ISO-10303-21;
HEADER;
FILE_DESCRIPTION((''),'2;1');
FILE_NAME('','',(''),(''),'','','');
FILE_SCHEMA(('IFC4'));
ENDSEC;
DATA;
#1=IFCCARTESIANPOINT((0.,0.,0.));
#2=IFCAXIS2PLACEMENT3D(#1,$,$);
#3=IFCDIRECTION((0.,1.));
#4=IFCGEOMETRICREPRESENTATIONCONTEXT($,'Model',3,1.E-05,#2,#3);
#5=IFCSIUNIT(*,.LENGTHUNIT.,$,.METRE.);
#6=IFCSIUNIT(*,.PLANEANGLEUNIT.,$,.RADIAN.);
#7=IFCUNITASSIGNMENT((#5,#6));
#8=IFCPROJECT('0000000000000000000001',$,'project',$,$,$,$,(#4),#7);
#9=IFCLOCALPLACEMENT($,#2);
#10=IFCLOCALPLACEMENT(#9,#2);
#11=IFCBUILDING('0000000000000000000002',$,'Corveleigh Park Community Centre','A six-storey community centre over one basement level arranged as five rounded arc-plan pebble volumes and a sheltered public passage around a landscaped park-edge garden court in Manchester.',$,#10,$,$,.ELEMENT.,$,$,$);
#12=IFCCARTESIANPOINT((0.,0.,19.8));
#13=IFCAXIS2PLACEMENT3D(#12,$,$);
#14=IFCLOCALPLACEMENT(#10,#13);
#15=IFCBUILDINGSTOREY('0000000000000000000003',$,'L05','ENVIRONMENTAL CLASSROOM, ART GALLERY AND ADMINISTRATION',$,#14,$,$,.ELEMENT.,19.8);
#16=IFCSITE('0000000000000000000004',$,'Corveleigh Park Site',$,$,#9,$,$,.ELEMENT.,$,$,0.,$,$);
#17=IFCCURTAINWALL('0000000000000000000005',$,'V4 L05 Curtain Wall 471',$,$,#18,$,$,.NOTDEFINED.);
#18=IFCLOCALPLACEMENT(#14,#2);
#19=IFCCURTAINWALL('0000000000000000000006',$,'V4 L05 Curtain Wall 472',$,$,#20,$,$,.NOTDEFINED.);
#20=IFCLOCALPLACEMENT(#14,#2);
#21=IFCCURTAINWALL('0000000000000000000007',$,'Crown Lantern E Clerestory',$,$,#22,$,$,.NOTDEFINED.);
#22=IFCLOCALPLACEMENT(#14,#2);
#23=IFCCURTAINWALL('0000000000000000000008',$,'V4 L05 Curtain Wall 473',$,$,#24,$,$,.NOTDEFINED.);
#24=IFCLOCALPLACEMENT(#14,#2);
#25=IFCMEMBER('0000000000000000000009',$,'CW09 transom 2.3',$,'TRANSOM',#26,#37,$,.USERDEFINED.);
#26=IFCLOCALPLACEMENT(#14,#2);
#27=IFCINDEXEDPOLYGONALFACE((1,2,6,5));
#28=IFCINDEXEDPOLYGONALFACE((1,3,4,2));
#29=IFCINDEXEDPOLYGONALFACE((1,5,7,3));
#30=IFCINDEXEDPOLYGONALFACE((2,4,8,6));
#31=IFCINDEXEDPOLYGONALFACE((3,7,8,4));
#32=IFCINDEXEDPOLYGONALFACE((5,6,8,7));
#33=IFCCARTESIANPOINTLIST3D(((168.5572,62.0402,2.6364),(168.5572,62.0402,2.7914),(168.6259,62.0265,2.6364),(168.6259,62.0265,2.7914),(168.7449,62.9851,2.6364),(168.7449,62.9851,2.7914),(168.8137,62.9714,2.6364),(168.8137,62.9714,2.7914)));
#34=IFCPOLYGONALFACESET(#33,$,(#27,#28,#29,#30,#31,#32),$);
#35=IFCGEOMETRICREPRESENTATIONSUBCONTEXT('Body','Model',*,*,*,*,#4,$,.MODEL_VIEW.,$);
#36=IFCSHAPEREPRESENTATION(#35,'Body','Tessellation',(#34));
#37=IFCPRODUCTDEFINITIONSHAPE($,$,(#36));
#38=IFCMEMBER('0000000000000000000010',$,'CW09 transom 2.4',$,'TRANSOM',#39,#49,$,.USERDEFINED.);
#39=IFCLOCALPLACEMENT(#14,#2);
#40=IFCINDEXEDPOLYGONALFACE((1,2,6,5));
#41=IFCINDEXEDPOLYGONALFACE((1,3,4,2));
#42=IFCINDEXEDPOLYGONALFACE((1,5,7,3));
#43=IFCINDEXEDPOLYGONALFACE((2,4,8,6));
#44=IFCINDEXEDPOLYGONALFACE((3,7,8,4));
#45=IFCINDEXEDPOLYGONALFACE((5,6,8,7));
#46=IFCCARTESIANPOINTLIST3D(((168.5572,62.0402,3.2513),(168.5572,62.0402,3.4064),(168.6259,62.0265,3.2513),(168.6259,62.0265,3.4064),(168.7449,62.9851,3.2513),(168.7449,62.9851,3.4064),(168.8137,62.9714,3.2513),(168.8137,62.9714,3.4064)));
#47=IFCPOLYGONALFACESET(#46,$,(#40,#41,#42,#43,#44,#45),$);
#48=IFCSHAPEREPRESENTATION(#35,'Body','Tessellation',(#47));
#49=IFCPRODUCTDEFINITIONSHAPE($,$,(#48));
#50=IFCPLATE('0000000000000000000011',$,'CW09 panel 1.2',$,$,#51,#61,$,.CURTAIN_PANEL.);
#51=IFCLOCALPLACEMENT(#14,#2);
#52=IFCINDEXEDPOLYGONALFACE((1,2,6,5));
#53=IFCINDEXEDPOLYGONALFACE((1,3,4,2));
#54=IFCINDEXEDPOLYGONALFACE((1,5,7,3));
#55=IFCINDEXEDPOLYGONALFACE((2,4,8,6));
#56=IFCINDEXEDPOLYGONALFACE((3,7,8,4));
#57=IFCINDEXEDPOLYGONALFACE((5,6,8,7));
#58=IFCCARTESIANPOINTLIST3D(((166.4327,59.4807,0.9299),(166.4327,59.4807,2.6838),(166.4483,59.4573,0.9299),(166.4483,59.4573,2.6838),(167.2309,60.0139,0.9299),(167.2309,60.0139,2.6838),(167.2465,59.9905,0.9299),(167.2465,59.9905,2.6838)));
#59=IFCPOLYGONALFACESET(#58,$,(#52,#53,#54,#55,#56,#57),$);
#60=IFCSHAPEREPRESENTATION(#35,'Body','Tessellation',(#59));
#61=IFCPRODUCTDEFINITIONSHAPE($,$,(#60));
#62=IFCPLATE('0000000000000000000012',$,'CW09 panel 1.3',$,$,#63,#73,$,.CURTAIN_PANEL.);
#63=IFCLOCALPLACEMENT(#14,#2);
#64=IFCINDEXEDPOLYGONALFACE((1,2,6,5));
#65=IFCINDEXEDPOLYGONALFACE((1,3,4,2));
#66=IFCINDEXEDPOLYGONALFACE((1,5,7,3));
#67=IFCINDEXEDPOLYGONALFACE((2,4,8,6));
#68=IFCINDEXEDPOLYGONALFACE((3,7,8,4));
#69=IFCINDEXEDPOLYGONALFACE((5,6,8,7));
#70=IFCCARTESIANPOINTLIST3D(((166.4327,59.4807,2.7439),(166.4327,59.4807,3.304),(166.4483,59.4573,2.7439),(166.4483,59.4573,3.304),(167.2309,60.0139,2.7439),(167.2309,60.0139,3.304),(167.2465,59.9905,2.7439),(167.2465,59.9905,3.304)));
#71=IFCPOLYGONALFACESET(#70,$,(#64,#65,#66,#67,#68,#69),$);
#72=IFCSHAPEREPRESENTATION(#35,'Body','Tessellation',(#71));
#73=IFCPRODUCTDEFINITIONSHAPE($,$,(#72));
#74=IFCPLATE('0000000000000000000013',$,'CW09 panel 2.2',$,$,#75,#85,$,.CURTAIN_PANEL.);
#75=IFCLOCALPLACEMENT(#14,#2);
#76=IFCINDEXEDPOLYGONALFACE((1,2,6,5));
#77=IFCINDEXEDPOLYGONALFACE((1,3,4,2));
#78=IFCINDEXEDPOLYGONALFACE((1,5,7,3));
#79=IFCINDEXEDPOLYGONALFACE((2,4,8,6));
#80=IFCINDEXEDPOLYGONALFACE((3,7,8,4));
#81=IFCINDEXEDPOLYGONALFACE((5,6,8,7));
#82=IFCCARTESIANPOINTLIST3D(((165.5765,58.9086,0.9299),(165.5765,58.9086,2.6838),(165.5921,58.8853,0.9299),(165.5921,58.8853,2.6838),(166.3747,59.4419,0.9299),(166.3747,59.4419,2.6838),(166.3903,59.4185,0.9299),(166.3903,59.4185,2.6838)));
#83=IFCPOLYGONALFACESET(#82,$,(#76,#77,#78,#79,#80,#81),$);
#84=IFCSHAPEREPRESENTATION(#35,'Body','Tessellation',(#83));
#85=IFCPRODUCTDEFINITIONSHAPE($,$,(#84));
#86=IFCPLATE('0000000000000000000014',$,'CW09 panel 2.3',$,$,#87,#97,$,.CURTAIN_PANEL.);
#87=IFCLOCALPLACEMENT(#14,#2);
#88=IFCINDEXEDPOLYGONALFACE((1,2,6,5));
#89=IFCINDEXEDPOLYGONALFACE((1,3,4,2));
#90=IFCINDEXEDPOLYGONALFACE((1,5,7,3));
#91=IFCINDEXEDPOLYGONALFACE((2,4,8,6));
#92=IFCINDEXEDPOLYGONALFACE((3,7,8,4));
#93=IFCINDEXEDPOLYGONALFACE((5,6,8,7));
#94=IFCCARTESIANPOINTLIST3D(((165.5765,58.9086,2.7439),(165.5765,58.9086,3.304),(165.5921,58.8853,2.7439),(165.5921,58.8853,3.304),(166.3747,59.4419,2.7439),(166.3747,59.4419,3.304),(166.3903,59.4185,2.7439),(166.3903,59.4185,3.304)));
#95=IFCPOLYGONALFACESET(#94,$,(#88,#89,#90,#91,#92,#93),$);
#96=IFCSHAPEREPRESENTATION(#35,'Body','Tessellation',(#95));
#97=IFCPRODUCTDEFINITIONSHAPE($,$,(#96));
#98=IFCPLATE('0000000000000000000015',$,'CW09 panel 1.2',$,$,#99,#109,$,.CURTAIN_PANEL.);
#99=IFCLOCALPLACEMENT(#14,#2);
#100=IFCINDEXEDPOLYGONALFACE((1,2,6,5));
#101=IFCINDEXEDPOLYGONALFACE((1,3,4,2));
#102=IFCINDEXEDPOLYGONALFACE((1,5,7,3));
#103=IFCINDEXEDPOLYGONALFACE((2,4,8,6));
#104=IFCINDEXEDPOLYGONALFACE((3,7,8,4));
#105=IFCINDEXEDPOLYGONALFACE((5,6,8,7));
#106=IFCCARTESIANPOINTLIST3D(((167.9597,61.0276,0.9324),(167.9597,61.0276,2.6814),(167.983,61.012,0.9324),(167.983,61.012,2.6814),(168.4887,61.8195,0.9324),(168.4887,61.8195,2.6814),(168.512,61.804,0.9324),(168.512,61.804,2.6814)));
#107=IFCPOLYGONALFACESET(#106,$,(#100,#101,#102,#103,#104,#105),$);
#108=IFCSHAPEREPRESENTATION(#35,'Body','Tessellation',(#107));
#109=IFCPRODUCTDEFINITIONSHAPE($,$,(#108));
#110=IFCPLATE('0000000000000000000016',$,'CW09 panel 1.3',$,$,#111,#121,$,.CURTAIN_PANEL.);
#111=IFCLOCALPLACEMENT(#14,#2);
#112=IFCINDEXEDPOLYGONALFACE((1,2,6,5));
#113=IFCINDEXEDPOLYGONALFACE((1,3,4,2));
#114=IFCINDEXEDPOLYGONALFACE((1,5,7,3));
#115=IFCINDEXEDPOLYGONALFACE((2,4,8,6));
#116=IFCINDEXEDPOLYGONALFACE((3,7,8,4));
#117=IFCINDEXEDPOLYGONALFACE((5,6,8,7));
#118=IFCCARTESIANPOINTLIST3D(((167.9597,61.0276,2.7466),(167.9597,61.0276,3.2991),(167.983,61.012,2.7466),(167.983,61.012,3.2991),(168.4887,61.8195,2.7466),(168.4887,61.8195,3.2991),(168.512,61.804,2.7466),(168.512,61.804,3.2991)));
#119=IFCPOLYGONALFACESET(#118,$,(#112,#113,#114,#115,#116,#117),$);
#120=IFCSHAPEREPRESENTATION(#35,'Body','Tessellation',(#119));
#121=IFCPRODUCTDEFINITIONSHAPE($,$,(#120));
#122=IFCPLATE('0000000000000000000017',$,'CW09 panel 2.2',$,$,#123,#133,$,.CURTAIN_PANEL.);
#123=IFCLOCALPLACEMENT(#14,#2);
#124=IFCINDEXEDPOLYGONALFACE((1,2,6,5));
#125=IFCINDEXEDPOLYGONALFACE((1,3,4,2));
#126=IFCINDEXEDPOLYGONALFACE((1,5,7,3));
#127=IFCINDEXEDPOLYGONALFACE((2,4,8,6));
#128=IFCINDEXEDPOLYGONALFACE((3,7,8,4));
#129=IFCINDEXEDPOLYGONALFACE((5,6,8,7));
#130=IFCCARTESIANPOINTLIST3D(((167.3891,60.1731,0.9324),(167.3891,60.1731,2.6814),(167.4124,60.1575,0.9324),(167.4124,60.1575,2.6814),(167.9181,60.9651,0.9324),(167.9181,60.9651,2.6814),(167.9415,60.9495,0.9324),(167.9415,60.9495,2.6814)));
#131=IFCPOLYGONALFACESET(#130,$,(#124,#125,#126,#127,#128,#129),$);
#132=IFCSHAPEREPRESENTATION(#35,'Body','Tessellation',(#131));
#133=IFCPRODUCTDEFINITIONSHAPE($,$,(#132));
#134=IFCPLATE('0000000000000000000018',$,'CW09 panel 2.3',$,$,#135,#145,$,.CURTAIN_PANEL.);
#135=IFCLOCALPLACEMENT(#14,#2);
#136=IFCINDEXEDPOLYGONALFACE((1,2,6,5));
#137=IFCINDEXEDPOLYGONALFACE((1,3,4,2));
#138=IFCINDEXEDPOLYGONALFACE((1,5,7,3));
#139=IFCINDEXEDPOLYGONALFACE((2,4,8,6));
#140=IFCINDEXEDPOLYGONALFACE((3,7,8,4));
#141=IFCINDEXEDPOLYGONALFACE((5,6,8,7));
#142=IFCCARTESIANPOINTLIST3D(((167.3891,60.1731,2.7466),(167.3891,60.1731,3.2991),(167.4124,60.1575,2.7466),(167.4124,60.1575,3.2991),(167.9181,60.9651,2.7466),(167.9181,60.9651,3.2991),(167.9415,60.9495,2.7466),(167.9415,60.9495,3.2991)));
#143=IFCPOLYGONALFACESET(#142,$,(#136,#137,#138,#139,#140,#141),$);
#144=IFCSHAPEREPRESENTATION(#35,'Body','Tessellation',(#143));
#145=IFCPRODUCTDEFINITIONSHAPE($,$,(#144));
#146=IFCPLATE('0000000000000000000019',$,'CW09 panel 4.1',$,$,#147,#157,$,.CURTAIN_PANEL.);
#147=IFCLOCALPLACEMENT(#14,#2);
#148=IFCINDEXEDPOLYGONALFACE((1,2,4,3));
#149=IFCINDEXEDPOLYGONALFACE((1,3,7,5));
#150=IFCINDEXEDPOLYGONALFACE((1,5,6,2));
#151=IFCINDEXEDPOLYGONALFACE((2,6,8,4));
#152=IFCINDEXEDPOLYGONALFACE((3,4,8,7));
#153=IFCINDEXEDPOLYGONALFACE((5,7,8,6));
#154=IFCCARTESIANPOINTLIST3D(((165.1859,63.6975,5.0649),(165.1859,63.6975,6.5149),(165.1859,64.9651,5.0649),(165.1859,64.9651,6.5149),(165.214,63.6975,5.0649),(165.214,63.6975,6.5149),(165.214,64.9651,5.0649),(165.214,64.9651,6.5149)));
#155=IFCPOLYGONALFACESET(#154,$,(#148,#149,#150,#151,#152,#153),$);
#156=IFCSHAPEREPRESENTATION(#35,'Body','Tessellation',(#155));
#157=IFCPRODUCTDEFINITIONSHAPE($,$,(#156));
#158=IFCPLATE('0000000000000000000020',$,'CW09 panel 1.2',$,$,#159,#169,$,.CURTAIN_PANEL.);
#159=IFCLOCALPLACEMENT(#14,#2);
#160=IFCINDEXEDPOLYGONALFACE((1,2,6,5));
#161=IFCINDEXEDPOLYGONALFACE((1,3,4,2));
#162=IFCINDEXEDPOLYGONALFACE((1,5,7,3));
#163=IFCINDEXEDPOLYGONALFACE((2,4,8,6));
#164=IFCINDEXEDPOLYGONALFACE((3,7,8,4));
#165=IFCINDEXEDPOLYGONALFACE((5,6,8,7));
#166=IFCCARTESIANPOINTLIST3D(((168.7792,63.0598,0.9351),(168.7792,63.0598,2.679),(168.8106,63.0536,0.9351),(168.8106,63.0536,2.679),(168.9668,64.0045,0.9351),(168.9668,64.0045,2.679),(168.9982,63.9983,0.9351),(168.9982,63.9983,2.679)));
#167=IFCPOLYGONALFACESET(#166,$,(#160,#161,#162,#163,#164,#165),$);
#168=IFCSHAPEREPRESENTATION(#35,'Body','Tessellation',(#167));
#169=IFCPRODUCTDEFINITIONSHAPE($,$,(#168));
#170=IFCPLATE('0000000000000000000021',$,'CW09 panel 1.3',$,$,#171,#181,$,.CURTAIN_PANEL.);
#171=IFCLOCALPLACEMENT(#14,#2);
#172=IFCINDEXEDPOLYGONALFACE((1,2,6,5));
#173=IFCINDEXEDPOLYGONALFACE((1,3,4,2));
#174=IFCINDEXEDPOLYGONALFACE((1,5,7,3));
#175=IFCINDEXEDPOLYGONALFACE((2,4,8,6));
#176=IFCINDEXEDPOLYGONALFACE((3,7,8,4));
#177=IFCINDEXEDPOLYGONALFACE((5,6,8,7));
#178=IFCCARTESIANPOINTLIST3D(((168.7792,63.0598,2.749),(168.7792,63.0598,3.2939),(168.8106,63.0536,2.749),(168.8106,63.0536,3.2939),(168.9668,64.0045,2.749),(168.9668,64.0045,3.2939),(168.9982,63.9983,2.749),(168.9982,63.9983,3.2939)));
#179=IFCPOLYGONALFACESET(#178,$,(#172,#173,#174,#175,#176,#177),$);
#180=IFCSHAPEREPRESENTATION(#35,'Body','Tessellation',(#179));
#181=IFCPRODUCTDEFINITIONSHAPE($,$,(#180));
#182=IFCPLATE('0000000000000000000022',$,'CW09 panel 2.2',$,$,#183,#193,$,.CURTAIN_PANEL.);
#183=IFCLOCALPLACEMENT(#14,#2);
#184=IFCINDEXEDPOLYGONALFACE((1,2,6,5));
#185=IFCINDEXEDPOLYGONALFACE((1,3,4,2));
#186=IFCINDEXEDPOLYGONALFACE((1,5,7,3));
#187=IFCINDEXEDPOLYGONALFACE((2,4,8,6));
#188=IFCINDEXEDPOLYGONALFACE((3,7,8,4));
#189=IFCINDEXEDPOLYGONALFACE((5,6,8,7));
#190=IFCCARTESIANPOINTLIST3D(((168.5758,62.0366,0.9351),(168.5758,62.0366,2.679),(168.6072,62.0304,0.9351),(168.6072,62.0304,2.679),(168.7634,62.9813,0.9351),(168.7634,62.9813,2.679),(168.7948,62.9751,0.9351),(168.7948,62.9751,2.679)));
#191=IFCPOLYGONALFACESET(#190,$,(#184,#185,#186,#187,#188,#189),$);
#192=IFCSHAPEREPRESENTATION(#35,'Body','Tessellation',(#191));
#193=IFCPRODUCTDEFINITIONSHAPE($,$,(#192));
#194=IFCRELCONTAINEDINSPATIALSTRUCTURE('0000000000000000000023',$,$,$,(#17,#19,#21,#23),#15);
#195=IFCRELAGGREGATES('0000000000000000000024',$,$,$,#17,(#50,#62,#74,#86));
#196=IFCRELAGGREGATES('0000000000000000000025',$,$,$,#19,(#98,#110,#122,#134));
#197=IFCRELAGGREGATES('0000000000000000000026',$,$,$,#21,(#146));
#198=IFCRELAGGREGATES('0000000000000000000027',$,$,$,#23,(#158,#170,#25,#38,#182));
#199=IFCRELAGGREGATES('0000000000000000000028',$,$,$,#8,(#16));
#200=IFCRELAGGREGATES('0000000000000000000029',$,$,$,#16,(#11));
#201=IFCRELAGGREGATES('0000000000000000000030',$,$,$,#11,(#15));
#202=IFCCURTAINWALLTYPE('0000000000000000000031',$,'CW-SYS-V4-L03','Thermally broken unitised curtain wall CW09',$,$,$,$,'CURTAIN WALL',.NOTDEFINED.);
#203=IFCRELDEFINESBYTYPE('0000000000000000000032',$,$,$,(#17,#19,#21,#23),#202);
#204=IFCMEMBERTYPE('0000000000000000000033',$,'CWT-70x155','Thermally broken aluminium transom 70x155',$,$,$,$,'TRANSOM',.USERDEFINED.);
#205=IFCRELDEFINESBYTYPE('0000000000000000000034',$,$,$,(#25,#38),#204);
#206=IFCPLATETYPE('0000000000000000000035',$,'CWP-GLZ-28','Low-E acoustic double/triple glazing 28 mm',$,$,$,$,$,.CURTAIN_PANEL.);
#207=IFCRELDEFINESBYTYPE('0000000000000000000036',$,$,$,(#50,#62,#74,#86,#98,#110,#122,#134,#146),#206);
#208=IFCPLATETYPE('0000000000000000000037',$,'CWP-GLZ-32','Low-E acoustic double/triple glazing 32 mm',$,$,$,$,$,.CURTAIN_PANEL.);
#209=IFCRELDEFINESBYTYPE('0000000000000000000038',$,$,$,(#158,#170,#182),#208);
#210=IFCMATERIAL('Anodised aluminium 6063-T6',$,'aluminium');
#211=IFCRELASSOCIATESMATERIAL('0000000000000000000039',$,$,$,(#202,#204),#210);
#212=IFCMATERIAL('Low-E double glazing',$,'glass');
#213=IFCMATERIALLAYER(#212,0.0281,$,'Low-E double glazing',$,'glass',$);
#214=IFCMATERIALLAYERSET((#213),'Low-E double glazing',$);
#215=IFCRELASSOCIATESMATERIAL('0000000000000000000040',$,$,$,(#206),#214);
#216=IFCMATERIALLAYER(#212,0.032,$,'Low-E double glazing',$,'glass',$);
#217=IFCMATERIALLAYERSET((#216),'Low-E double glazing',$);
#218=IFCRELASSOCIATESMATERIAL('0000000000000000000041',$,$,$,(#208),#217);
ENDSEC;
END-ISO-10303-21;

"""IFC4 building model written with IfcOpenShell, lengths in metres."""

from ifc_helpers import new_model, si_unit, direction, frame, origin, origin_2d, place, context, subcontext, project, spatial, rectangle, extrude, material, layer, layer_set, material_profile, profile_set, type_object, element, aggregate, save


model = new_model("IFC4")

# Units and contexts
model_context = context("Model", 3, precision=1e-05, world=origin(), true_north=direction((0.0, 1.0)))
body_context = subcontext(model_context, "Body", "Model", "MODEL_VIEW")
ifc_project = project(units=[si_unit("LENGTHUNIT", "METRE"), si_unit("PLANEANGLEUNIT", "RADIAN")], contexts=[model_context])

# Site, building, storey
site_placement = place(None, origin())
site = spatial("IfcSite", under=ifc_project, at=site_placement, Name="Corveleigh Park Site", CompositionType="ELEMENT", RefElevation=0.0)
building_placement = place(site_placement, origin())
building = spatial("IfcBuilding", under=site, at=building_placement, Name="Corveleigh Park Community Centre", Description="A six-storey community centre over one basement level arranged as five rounded arc-plan pebble volumes and a sheltered public passage around a landscaped park-edge garden court in Manchester.", CompositionType="ELEMENT")
storey_placement = place(building_placement, frame((0.0, 0.0, 19.8)))
storey = spatial("IfcBuildingStorey", under=building, at=storey_placement, Name="L05", Description="ENVIRONMENTAL CLASSROOM, ART GALLERY AND ADMINISTRATION", CompositionType="ELEMENT", Elevation=19.8)

# Curtain walls
ifc_material_1 = material(Name="Anodised aluminium 6063-T6", Category="aluminium")
curtain_wall_type = type_object("IfcCurtainWallType", Name="CW-SYS-V4-L03", Description="Thermally broken unitised curtain wall CW09", ElementType="CURTAIN WALL", PredefinedType="NOTDEFINED", material=ifc_material_1)
curtain_wall_1_placement = place(storey_placement, origin())
curtain_wall_1 = element("IfcCurtainWall", 1, at=curtain_wall_1_placement, inside=storey, type_object=curtain_wall_type, Name="V4 L05 Curtain Wall 471", PredefinedType="NOTDEFINED")
curtain_wall_2_placement = place(storey_placement, origin())
curtain_wall_2 = element("IfcCurtainWall", 2, at=curtain_wall_2_placement, inside=storey, type_object=curtain_wall_type, Name="V4 L05 Curtain Wall 472", PredefinedType="NOTDEFINED")

# Curtain wall
curtain_wall_3_placement = place(storey_placement, origin())
curtain_wall_3 = element("IfcCurtainWall", 3, at=curtain_wall_3_placement, inside=storey, type_object=curtain_wall_type, Name="Crown Lantern E Clerestory", PredefinedType="NOTDEFINED")

# Curtain wall, members
curtain_wall_4_placement = place(storey_placement, origin())
curtain_wall_4 = element("IfcCurtainWall", 4, at=curtain_wall_4_placement, inside=storey, type_object=curtain_wall_type, Name="V4 L05 Curtain Wall 473", PredefinedType="NOTDEFINED")
ifc_material_profile_1 = material_profile(ifc_material_1, rectangle(XDim=0.0701, YDim=0.155, at=origin_2d()), Name="ALU-T70x155", Category="aluminium")
ifc_profile_set_1 = profile_set([ifc_material_profile_1], Name="Anodised aluminium 6063-T6")
member_type_1 = type_object("IfcMemberType", Name="CWT-70x155", Description="Thermally broken aluminium transom 70x155", ElementType="TRANSOM", PredefinedType="USERDEFINED", material=ifc_profile_set_1)
member_1_placement = place(storey_placement, frame((168.7793, 62.9783, 2.7139), z_axis=(-0.194898, -0.980824, 0.0), x_axis=(0.980824, -0.194898, 0.0)))
member_1 = element("IfcMember", 5, at=member_1_placement, type_object=member_type_1, Name="CW09 transom 2.3", ObjectType="TRANSOM", PredefinedType="USERDEFINED", context=body_context, shape_type="SweptSolid", body=[
    extrude(rectangle(XDim=0.0701, YDim=0.155, at=origin_2d()), origin(), (0.0, 0.0, 1.0), 0.9634),
])
member_2_placement = place(storey_placement, frame((168.7793, 62.9783, 3.3289), z_axis=(-0.194898, -0.980824, 0.0), x_axis=(0.980824, -0.194898, 0.0)))
member_2 = element("IfcMember", 6, at=member_2_placement, type_object=member_type_1, Name="CW09 transom 2.4", ObjectType="TRANSOM", PredefinedType="USERDEFINED", context=body_context, shape_type="SweptSolid", body=[
    extrude(rectangle(XDim=0.0701, YDim=0.155, at=origin_2d()), origin(), (0.0, 0.0, 1.0), 0.9634),
])

# Plates
ifc_material_2 = material(Name="Low-E double glazing", Category="glass")
ifc_layer_1 = layer(ifc_material_2, 0.0281, Name="Low-E double glazing", Category="glass")
ifc_layer_set_1 = layer_set([ifc_layer_1], Name="Low-E double glazing")
plate_type_1 = type_object("IfcPlateType", Name="CWP-GLZ-28", Description="Low-E acoustic double/triple glazing 28 mm", PredefinedType="CURTAIN_PANEL", material=ifc_layer_set_1)
plate_1_placement = place(storey_placement, frame((166.8396, 59.7356, 0.9299), z_axis=(0.0, 0.0, 1.0), x_axis=(-0.831544, -0.555458, 0.0)))
plate_1 = element("IfcPlate", 7, at=plate_1_placement, type_object=plate_type_1, Name="CW09 panel 1.2", PredefinedType="CURTAIN_PANEL", context=body_context, shape_type="SweptSolid", body=[
    extrude(rectangle(XDim=0.96, YDim=0.0281, at=origin_2d()), origin(), (0.0, 0.0, 1.0), 1.7539),
])
plate_2_placement = place(storey_placement, frame((166.8396, 59.7356, 2.7439), z_axis=(0.0, 0.0, 1.0), x_axis=(-0.831544, -0.555458, 0.0)))
plate_2 = element("IfcPlate", 8, at=plate_2_placement, type_object=plate_type_1, Name="CW09 panel 1.3", PredefinedType="CURTAIN_PANEL", context=body_context, shape_type="SweptSolid", body=[
    extrude(rectangle(XDim=0.96, YDim=0.0281, at=origin_2d()), origin(), (0.0, 0.0, 1.0), 0.5601),
])
plate_3_placement = place(storey_placement, frame((165.9834, 59.1636, 0.9299), z_axis=(0.0, 0.0, 1.0), x_axis=(-0.831544, -0.555458, 0.0)))
plate_3 = element("IfcPlate", 9, at=plate_3_placement, type_object=plate_type_1, Name="CW09 panel 2.2", PredefinedType="CURTAIN_PANEL", context=body_context, shape_type="SweptSolid", body=[
    extrude(rectangle(XDim=0.96, YDim=0.0281, at=origin_2d()), origin(), (0.0, 0.0, 1.0), 1.7539),
])
plate_4_placement = place(storey_placement, frame((165.9834, 59.1636, 2.7439), z_axis=(0.0, 0.0, 1.0), x_axis=(-0.831544, -0.555458, 0.0)))
plate_4 = element("IfcPlate", 10, at=plate_4_placement, type_object=plate_type_1, Name="CW09 panel 2.3", PredefinedType="CURTAIN_PANEL", context=body_context, shape_type="SweptSolid", body=[
    extrude(rectangle(XDim=0.96, YDim=0.0281, at=origin_2d()), origin(), (0.0, 0.0, 1.0), 0.5601),
])
aggregate(curtain_wall_1, [plate_1, plate_2, plate_3, plate_4])
plate_5_placement = place(storey_placement, frame((168.2358, 61.4158, 0.9324), z_axis=(0.0, 0.0, 1.0), x_axis=(-0.555458, -0.831544, 0.0)))
plate_5 = element("IfcPlate", 11, at=plate_5_placement, type_object=plate_type_1, Name="CW09 panel 1.2", PredefinedType="CURTAIN_PANEL", context=body_context, shape_type="SweptSolid", body=[
    extrude(rectangle(XDim=0.9524, YDim=0.0281, at=origin_2d()), origin(), (0.0, 0.0, 1.0), 1.749),
])
plate_6_placement = place(storey_placement, frame((168.2358, 61.4158, 2.7466), z_axis=(0.0, 0.0, 1.0), x_axis=(-0.555458, -0.831544, 0.0)))
plate_6 = element("IfcPlate", 12, at=plate_6_placement, type_object=plate_type_1, Name="CW09 panel 1.3", PredefinedType="CURTAIN_PANEL", context=body_context, shape_type="SweptSolid", body=[
    extrude(rectangle(XDim=0.9524, YDim=0.0281, at=origin_2d()), origin(), (0.0, 0.0, 1.0), 0.5525),
])
plate_7_placement = place(storey_placement, frame((167.6653, 60.5613, 0.9324), z_axis=(0.0, 0.0, 1.0), x_axis=(-0.555458, -0.831544, 0.0)))
plate_7 = element("IfcPlate", 13, at=plate_7_placement, type_object=plate_type_1, Name="CW09 panel 2.2", PredefinedType="CURTAIN_PANEL", context=body_context, shape_type="SweptSolid", body=[
    extrude(rectangle(XDim=0.9524, YDim=0.0281, at=origin_2d()), origin(), (0.0, 0.0, 1.0), 1.749),
])
plate_8_placement = place(storey_placement, frame((167.6653, 60.5613, 2.7466), z_axis=(0.0, 0.0, 1.0), x_axis=(-0.555458, -0.831544, 0.0)))
plate_8 = element("IfcPlate", 14, at=plate_8_placement, type_object=plate_type_1, Name="CW09 panel 2.3", PredefinedType="CURTAIN_PANEL", context=body_context, shape_type="SweptSolid", body=[
    extrude(rectangle(XDim=0.9524, YDim=0.0281, at=origin_2d()), origin(), (0.0, 0.0, 1.0), 0.5525),
])
aggregate(curtain_wall_2, [plate_5, plate_6, plate_7, plate_8])
plate_9_placement = place(storey_placement, frame((165.2, 64.3313, 5.0649), z_axis=(0.0, 0.0, 1.0), x_axis=(0.0, 1.0, 0.0)))
plate_9 = element("IfcPlate", 15, at=plate_9_placement, type_object=plate_type_1, Name="CW09 panel 4.1", PredefinedType="CURTAIN_PANEL", context=body_context, shape_type="SweptSolid", body=[
    extrude(rectangle(XDim=1.2676, YDim=0.0281, at=origin_2d()), origin(), (0.0, 0.0, 1.0), 1.45),
])
aggregate(curtain_wall_3, [plate_9])
ifc_layer_2 = layer(ifc_material_2, 0.032, Name="Low-E double glazing", Category="glass")
ifc_layer_set_2 = layer_set([ifc_layer_2], Name="Low-E double glazing")
plate_type_2 = type_object("IfcPlateType", Name="CWP-GLZ-32", Description="Low-E acoustic double/triple glazing 32 mm", PredefinedType="CURTAIN_PANEL", material=ifc_layer_set_2)
plate_10_placement = place(storey_placement, frame((168.8887, 63.5291, 0.9351), z_axis=(0.0, 0.0, 1.0), x_axis=(-0.194784, -0.980846, 0.0)))
plate_10 = element("IfcPlate", 16, at=plate_10_placement, type_object=plate_type_2, Name="CW09 panel 1.2", PredefinedType="CURTAIN_PANEL", context=body_context, shape_type="SweptSolid", body=[
    extrude(rectangle(XDim=0.9631, YDim=0.032, at=origin_2d()), origin(), (0.0, 0.0, 1.0), 1.7439),
])
plate_11_placement = place(storey_placement, frame((168.8887, 63.5291, 2.749), z_axis=(0.0, 0.0, 1.0), x_axis=(-0.194784, -0.980846, 0.0)))
plate_11 = element("IfcPlate", 17, at=plate_11_placement, type_object=plate_type_2, Name="CW09 panel 1.3", PredefinedType="CURTAIN_PANEL", context=body_context, shape_type="SweptSolid", body=[
    extrude(rectangle(XDim=0.9631, YDim=0.032, at=origin_2d()), origin(), (0.0, 0.0, 1.0), 0.5449),
])
plate_12_placement = place(storey_placement, frame((168.6853, 62.5059, 0.9351), z_axis=(0.0, 0.0, 1.0), x_axis=(-0.194784, -0.980846, 0.0)))
plate_12 = element("IfcPlate", 18, at=plate_12_placement, type_object=plate_type_2, Name="CW09 panel 2.2", PredefinedType="CURTAIN_PANEL", context=body_context, shape_type="SweptSolid", body=[
    extrude(rectangle(XDim=0.9631, YDim=0.032, at=origin_2d()), origin(), (0.0, 0.0, 1.0), 1.7439),
])
aggregate(curtain_wall_4, [plate_10, plate_11, member_1, member_2, plate_12])

save(model, "model.ifc")
